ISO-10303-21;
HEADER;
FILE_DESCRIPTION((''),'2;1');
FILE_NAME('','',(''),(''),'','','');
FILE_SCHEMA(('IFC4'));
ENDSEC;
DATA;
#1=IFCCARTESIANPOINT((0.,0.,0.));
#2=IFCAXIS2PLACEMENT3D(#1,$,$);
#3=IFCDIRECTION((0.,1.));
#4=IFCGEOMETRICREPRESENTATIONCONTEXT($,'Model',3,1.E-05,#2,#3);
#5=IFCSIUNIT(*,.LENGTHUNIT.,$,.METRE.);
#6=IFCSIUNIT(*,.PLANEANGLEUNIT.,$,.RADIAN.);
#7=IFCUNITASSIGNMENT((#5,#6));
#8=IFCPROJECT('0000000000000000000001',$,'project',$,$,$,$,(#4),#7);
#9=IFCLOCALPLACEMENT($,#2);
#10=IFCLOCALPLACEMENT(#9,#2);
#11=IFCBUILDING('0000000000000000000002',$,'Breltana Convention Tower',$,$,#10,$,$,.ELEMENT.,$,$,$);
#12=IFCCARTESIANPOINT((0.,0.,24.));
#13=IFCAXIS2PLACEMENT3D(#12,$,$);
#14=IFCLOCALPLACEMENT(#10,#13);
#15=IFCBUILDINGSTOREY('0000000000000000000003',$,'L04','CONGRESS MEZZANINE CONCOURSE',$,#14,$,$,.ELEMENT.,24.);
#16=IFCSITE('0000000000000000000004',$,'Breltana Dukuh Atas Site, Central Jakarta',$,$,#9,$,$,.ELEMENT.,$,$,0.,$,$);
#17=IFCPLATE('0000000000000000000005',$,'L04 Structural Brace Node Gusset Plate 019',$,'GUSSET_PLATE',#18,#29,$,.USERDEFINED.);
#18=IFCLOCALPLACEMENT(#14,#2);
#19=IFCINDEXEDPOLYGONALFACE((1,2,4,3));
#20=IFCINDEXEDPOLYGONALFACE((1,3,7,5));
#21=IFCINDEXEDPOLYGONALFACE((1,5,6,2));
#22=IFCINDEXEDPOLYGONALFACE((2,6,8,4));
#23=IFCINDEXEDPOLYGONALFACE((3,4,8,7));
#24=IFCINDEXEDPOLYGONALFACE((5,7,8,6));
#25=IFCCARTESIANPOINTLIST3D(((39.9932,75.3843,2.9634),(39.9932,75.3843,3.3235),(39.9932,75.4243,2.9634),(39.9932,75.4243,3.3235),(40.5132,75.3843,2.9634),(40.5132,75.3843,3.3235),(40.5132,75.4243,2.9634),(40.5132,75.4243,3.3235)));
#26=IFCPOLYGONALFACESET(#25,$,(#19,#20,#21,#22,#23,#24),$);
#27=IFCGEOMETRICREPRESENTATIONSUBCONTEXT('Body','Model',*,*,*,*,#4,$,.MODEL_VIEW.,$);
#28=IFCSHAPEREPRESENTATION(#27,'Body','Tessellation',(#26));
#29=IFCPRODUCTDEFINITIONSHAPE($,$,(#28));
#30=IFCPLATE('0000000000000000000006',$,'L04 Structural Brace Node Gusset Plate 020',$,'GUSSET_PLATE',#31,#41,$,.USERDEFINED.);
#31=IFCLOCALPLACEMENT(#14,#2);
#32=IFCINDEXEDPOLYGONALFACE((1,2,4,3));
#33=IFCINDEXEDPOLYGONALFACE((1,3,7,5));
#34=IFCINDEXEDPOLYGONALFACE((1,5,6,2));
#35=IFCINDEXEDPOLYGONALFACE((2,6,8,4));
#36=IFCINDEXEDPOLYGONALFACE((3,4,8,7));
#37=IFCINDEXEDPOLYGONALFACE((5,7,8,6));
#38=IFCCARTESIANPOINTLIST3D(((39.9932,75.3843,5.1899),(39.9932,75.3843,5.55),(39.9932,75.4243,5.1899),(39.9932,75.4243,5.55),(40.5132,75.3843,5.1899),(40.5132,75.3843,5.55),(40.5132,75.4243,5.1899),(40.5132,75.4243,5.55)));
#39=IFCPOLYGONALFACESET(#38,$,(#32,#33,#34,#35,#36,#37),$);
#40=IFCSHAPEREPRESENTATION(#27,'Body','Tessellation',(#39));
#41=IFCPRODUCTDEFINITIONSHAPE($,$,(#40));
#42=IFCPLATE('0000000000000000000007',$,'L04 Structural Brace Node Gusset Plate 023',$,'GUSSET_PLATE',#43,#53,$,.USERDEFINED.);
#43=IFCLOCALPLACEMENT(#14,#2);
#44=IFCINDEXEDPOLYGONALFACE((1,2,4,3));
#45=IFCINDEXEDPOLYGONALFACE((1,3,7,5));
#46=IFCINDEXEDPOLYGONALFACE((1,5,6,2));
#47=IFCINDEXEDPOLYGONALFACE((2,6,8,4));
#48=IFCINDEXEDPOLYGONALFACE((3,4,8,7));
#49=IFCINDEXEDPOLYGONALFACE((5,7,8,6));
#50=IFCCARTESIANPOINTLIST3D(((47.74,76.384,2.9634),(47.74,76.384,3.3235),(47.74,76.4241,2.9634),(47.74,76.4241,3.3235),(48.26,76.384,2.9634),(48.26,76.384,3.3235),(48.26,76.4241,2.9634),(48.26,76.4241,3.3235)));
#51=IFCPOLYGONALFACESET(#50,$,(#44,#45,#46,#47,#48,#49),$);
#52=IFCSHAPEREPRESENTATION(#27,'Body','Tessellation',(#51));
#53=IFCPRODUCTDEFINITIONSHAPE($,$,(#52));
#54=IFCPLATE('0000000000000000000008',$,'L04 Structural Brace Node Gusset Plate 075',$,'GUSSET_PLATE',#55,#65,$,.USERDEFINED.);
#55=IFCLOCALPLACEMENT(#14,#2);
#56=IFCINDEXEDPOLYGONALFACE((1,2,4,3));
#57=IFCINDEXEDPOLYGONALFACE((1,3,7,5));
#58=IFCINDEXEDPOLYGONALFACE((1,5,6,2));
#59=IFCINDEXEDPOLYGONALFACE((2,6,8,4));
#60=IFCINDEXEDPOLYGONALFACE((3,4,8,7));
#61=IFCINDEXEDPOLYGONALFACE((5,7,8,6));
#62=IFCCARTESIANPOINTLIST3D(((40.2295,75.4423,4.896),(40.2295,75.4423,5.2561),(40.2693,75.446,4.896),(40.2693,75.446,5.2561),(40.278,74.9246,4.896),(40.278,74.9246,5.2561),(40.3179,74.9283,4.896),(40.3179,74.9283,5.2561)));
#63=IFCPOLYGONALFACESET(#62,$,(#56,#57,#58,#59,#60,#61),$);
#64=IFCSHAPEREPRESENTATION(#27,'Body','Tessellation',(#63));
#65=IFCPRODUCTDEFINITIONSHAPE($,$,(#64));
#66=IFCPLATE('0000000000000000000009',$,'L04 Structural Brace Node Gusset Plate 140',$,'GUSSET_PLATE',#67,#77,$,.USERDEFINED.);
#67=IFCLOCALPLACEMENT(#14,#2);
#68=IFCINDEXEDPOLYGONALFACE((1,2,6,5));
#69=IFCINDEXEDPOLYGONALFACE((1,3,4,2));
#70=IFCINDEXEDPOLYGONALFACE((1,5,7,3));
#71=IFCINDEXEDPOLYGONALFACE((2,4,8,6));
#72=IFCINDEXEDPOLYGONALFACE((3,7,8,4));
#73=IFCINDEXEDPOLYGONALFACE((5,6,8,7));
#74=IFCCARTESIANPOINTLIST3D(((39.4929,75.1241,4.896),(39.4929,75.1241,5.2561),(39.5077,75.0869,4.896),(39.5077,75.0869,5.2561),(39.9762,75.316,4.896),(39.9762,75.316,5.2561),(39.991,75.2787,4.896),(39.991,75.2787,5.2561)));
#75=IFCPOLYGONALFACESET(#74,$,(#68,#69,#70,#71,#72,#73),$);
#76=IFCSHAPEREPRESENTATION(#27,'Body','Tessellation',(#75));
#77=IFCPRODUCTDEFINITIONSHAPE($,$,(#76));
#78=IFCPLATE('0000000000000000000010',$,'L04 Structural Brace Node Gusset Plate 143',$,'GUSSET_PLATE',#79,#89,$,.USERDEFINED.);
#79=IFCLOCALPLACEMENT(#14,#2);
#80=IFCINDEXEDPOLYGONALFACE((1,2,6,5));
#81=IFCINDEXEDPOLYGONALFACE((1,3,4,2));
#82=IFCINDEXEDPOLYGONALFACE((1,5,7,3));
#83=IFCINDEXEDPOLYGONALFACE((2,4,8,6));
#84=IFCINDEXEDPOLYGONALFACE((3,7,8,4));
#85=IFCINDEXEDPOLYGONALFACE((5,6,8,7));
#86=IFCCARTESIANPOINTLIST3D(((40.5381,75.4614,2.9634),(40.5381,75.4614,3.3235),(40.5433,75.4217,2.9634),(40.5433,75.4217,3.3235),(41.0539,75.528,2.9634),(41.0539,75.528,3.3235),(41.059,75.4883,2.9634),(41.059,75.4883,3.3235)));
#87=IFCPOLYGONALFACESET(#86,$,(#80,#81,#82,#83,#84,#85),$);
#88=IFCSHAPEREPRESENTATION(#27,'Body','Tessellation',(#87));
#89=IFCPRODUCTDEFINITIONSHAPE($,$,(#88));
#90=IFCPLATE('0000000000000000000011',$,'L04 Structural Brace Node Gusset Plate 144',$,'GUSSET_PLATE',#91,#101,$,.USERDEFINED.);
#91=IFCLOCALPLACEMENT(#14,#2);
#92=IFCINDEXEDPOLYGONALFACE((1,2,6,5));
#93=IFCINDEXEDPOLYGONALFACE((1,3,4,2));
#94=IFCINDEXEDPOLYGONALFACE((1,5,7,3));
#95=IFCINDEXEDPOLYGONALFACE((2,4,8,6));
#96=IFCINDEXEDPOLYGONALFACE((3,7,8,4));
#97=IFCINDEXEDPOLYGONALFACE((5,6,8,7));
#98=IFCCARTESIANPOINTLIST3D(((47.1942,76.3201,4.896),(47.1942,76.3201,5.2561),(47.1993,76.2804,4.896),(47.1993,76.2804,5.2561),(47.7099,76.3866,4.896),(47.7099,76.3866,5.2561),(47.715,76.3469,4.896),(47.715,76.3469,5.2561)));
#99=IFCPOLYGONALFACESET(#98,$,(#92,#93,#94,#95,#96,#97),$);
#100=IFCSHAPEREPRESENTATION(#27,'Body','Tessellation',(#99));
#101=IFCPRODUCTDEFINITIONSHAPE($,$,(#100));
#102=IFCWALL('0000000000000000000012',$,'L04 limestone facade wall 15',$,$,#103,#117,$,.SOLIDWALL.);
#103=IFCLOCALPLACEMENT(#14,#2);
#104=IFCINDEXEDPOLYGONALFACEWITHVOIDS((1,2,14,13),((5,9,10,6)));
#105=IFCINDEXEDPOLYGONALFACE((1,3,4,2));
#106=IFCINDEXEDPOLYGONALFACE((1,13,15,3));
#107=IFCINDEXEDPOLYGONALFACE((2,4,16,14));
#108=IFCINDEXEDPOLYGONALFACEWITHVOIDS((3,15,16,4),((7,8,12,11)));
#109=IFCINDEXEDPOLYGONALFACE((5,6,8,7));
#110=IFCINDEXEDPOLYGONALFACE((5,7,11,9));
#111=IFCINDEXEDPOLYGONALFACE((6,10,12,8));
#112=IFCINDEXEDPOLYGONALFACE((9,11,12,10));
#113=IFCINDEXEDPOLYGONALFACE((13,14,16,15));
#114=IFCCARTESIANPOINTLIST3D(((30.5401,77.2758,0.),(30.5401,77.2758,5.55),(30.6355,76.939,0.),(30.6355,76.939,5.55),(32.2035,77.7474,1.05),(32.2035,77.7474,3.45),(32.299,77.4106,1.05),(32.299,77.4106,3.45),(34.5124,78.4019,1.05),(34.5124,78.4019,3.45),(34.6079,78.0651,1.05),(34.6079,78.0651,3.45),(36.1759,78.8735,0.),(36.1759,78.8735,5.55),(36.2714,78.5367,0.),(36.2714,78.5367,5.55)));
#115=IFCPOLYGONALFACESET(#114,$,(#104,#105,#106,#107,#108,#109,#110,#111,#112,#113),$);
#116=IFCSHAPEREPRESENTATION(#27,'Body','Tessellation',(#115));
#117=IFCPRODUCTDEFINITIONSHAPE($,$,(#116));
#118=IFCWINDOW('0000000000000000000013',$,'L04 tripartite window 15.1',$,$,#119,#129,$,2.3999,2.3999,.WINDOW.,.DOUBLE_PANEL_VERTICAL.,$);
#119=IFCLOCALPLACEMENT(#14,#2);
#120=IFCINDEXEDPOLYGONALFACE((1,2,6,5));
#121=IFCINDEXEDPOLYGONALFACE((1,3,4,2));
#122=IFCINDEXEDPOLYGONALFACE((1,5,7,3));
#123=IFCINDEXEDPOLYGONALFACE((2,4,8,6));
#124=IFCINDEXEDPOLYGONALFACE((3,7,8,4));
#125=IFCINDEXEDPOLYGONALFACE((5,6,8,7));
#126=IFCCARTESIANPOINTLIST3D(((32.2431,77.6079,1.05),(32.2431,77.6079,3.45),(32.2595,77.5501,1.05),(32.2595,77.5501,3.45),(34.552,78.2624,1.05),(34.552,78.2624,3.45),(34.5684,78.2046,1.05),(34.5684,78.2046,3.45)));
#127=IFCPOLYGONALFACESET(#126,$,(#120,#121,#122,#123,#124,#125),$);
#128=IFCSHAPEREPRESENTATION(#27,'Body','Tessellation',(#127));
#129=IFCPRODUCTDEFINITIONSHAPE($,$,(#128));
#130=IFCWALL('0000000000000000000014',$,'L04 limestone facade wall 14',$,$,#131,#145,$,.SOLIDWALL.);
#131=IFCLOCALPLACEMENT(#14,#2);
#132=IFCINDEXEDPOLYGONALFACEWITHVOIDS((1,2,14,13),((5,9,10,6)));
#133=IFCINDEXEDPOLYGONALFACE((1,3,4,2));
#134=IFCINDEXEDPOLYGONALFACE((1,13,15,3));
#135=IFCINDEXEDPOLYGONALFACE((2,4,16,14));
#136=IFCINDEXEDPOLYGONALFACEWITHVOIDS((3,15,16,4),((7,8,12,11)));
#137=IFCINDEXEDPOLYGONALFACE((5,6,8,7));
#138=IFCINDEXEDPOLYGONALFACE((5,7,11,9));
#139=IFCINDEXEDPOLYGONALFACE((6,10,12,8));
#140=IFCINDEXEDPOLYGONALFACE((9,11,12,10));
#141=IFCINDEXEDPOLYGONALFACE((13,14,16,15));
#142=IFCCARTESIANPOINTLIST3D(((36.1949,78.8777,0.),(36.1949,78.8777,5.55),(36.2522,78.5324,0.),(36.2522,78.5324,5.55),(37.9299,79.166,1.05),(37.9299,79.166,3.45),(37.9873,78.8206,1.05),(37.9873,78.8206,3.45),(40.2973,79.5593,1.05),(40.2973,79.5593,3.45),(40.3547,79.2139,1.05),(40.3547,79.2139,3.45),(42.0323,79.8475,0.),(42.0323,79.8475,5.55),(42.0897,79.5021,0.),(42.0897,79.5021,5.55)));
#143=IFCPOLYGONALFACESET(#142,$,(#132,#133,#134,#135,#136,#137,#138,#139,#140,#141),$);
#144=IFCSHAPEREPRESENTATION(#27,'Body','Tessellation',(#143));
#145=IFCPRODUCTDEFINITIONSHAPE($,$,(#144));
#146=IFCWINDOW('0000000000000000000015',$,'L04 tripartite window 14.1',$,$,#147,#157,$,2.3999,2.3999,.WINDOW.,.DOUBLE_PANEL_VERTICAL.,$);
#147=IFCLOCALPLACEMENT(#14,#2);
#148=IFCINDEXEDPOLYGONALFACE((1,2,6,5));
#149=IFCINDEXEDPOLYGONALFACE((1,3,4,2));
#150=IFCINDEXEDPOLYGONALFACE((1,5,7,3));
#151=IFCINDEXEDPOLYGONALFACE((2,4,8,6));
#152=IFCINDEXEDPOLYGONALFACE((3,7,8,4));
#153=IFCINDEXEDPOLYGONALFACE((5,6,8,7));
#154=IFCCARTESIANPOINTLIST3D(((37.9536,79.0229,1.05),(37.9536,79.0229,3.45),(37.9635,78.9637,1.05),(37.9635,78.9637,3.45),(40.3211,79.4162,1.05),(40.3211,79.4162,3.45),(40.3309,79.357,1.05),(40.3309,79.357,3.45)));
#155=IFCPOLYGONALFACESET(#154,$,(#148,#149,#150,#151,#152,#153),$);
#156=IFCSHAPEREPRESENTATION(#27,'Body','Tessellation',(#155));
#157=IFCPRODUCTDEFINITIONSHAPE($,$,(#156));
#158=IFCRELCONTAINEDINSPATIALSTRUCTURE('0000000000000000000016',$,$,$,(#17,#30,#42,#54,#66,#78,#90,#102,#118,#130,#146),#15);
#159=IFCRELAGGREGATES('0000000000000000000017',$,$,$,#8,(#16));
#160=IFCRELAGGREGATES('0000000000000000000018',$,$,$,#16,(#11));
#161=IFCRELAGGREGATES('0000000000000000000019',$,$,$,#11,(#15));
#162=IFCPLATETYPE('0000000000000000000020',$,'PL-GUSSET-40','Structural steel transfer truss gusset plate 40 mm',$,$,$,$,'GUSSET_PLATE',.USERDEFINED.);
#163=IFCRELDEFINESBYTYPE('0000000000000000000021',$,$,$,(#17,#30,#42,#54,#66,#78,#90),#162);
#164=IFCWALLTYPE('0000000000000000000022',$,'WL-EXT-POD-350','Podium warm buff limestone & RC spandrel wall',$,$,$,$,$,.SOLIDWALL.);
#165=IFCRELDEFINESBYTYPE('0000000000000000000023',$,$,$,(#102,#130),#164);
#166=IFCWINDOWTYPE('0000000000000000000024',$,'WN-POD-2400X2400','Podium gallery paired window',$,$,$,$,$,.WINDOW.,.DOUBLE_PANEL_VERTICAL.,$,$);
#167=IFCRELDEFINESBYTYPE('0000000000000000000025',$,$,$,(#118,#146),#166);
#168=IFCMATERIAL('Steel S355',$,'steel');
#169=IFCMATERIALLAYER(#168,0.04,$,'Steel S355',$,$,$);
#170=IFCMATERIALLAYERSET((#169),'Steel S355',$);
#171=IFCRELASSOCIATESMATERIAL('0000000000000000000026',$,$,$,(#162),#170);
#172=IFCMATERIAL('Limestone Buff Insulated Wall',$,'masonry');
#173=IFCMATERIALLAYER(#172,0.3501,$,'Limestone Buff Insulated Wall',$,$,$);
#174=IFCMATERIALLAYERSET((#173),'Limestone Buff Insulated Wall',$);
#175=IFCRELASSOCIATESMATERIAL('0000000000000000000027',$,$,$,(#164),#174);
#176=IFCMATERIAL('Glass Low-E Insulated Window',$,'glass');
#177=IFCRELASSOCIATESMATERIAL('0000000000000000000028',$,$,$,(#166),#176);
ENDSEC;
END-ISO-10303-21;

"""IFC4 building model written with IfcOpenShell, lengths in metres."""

from ifc_helpers import new_model, si_unit, direction, frame, frame_2d, origin, origin_2d, place, context, subcontext, project, spatial, rectangle, extrude, source, transform, mapped, material, layer, layer_set, type_object, type_shapes, element, fill, save


model = new_model("IFC4")

# Units and contexts
model_context = context("Model", 3, precision=1e-05, world=origin(), true_north=direction((0.0, 1.0)))
body_context = subcontext(model_context, "Body", "Model", "MODEL_VIEW")
ifc_project = project(units=[si_unit("LENGTHUNIT", "METRE"), si_unit("PLANEANGLEUNIT", "RADIAN")], contexts=[model_context])

# Site, building, storey
site_placement = place(None, origin())
site = spatial("IfcSite", under=ifc_project, at=site_placement, Name="Breltana Dukuh Atas Site, Central Jakarta", CompositionType="ELEMENT", RefElevation=0.0)
building_placement = place(site_placement, origin())
building = spatial("IfcBuilding", under=site, at=building_placement, Name="Breltana Convention Tower", CompositionType="ELEMENT")
storey_placement = place(building_placement, frame((0.0, 0.0, 24.0)))
storey = spatial("IfcBuildingStorey", under=building, at=storey_placement, Name="L04", Description="CONGRESS MEZZANINE CONCOURSE", CompositionType="ELEMENT", Elevation=24.0)

# Plates
ifc_material_1 = material(Name="Steel S355", Category="steel")
ifc_layer_1 = layer(ifc_material_1, 0.04, Name="Steel S355")
ifc_layer_set_1 = layer_set([ifc_layer_1], Name="Steel S355")
plate_type = type_object("IfcPlateType", Name="PL-GUSSET-40", Description="Structural steel transfer truss gusset plate 40 mm", ElementType="GUSSET_PLATE", PredefinedType="USERDEFINED", material=ifc_layer_set_1)
shared_shape_1 = source(origin(), body_context, "Body", "SweptSolid", [
    extrude(rectangle(XDim=0.52, YDim=0.04, at=origin_2d()), origin(), (0.0, 0.0, 1.0), 0.3601),
])
for number, where, z_axis, x_axis, name in (
    (1, (40.2532, 75.4043, 2.9634), (0.0, 0.0, 1.0), (1.0, 0.0, 0.0), "L04 Structural Brace Node Gusset Plate 019"),
    (2, (40.2532, 75.4043, 5.1899), (0.0, 0.0, 1.0), (1.0, 0.0, 0.0), "L04 Structural Brace Node Gusset Plate 020"),
    (3, (48.0, 76.4041, 2.9634), (0.0, 0.0, 1.0), (1.0, 0.0, 0.0), "L04 Structural Brace Node Gusset Plate 023"),
    (4, (40.2737, 75.1853, 4.896), (0.0, 0.0, 1.0), (-0.093413, 0.995627, 0.0), "L04 Structural Brace Node Gusset Plate 075"),
    (5, (39.7419, 75.2014, 4.896), (0.0, 0.0, 1.0), (0.929455, 0.368936, 0.0), "L04 Structural Brace Node Gusset Plate 140"),
    (6, (40.7986, 75.4749, 2.9634), (0.0, 0.0, 1.0), (0.991783, 0.12793, 0.0), "L04 Structural Brace Node Gusset Plate 143"),
    (7, (47.4546, 76.3335, 4.896), (0.0, 0.0, 1.0), (0.991783, 0.12793, 0.0), "L04 Structural Brace Node Gusset Plate 144"),
):
    element("IfcPlate", number, at=place(storey_placement, frame(where, z_axis=z_axis, x_axis=x_axis)), inside=storey, type_object=plate_type, Name=name, ObjectType="GUSSET_PLATE", PredefinedType="USERDEFINED", context=body_context, shape_type="MappedRepresentation", body=[
        mapped(shared_shape_1, transform((0.0, 0.0, 0.0), scale=1.0)),
    ])

# Walls, openings, windows
ifc_material_2 = material(Name="Limestone Buff Insulated Wall", Category="masonry")
ifc_layer_2 = layer(ifc_material_2, 0.3501, Name="Limestone Buff Insulated Wall")
ifc_layer_set_2 = layer_set([ifc_layer_2], Name="Limestone Buff Insulated Wall")
wall_type = type_object("IfcWallType", Name="WL-EXT-POD-350", Description="Podium warm buff limestone & RC spandrel wall", PredefinedType="SOLIDWALL", material=ifc_layer_set_2)
shared_shape_2 = source(origin(), body_context, "Body", "SweptSolid", [
    extrude(rectangle(XDim=5.8579, YDim=0.3501, at=frame_2d((2.929, 0.0))), origin(), (0.0, 0.0, 1.0), 5.55),
])
wall_1_placement = place(storey_placement, frame((36.2236, 78.7051, 0.0), z_axis=(0.0, 0.0, 1.0), x_axis=(-0.962088, -0.272739, 0.0)))
wall_1 = element("IfcWall", 8, at=wall_1_placement, inside=storey, type_object=wall_type, Name="L04 limestone facade wall 15", PredefinedType="SOLIDWALL", context=body_context, shape_type="MappedRepresentation", body=[
    mapped(shared_shape_2, transform((0.0, 0.0, 0.0), scale=1.0)),
])
opening_1_placement = place(wall_1_placement, frame((1.729, 0.0, 1.05)))
opening_1 = element("IfcOpeningElement", 9, at=opening_1_placement, cuts=wall_1, PredefinedType="OPENING", context=body_context, shape_type="SweptSolid", body=[
    extrude(rectangle(XDim=2.3999, YDim=2.3999, at=frame_2d((1.2, 1.2))), frame((0.0, 0.1851, 0.0), z_axis=(0.0, -1.0, 0.0), x_axis=(1.0, 0.0, 0.0)), (0.0, 0.0, 1.0), 0.3701),
])
ifc_material_3 = material(Name="Glass Low-E Insulated Window", Category="glass")
window_type = type_object("IfcWindowType", Name="WN-POD-2400X2400", Description="Podium gallery paired window", PartitioningType="DOUBLE_PANEL_VERTICAL", PredefinedType="WINDOW", material=ifc_material_3)
shared_shape_3 = source(origin(), body_context, "Body", "SweptSolid", [
    extrude(rectangle(XDim=2.3999, YDim=2.3999, at=frame_2d((1.2, 1.2))), frame((0.0, 0.03, 0.0), z_axis=(0.0, -1.0, 0.0), x_axis=(1.0, 0.0, 0.0)), (0.0, 0.0, 1.0), 0.0601),
])
type_shapes(window_type, [shared_shape_3])
window_1_placement = place(opening_1_placement, origin())
window_1 = element("IfcWindow", 10, at=window_1_placement, inside=storey, type_object=window_type, Name="L04 tripartite window 15.1", OverallHeight=2.3999, OverallWidth=2.3999, PartitioningType="DOUBLE_PANEL_VERTICAL", PredefinedType="WINDOW", context=body_context, shape_type="MappedRepresentation", body=[
    mapped(shared_shape_3, transform((0.0, 0.0, 0.0), scale=1.0)),
])
fill(opening_1, window_1)
shared_shape_4 = source(origin(), body_context, "Body", "SweptSolid", [
    extrude(rectangle(XDim=5.9175, YDim=0.3501, at=frame_2d((2.9587, 0.0))), origin(), (0.0, 0.0, 1.0), 5.55),
])
wall_2_placement = place(storey_placement, frame((42.061, 79.6748, 0.0), z_axis=(0.0, 0.0, 1.0), x_axis=(-0.986481, -0.163877, 0.0)))
wall_2 = element("IfcWall", 11, at=wall_2_placement, inside=storey, type_object=wall_type, Name="L04 limestone facade wall 14", PredefinedType="SOLIDWALL", context=body_context, shape_type="MappedRepresentation", body=[
    mapped(shared_shape_4, transform((0.0, 0.0, 0.0), scale=1.0)),
])
opening_2_placement = place(wall_2_placement, frame((1.7588, 0.0, 1.05)))
opening_2 = element("IfcOpeningElement", 12, at=opening_2_placement, cuts=wall_2, PredefinedType="OPENING", context=body_context, shape_type="SweptSolid", body=[
    extrude(rectangle(XDim=2.3999, YDim=2.3999, at=frame_2d((1.2, 1.2))), frame((0.0, 0.1851, 0.0), z_axis=(0.0, -1.0, 0.0), x_axis=(1.0, 0.0, 0.0)), (0.0, 0.0, 1.0), 0.3701),
])
window_2_placement = place(opening_2_placement, origin())
window_2 = element("IfcWindow", 13, at=window_2_placement, inside=storey, type_object=window_type, Name="L04 tripartite window 14.1", OverallHeight=2.3999, OverallWidth=2.3999, PartitioningType="DOUBLE_PANEL_VERTICAL", PredefinedType="WINDOW", context=body_context, shape_type="MappedRepresentation", body=[
    mapped(shared_shape_3, transform((0.0, 0.0, 0.0), scale=1.0)),
])
fill(opening_2, window_2)

save(model, "model.ifc")
